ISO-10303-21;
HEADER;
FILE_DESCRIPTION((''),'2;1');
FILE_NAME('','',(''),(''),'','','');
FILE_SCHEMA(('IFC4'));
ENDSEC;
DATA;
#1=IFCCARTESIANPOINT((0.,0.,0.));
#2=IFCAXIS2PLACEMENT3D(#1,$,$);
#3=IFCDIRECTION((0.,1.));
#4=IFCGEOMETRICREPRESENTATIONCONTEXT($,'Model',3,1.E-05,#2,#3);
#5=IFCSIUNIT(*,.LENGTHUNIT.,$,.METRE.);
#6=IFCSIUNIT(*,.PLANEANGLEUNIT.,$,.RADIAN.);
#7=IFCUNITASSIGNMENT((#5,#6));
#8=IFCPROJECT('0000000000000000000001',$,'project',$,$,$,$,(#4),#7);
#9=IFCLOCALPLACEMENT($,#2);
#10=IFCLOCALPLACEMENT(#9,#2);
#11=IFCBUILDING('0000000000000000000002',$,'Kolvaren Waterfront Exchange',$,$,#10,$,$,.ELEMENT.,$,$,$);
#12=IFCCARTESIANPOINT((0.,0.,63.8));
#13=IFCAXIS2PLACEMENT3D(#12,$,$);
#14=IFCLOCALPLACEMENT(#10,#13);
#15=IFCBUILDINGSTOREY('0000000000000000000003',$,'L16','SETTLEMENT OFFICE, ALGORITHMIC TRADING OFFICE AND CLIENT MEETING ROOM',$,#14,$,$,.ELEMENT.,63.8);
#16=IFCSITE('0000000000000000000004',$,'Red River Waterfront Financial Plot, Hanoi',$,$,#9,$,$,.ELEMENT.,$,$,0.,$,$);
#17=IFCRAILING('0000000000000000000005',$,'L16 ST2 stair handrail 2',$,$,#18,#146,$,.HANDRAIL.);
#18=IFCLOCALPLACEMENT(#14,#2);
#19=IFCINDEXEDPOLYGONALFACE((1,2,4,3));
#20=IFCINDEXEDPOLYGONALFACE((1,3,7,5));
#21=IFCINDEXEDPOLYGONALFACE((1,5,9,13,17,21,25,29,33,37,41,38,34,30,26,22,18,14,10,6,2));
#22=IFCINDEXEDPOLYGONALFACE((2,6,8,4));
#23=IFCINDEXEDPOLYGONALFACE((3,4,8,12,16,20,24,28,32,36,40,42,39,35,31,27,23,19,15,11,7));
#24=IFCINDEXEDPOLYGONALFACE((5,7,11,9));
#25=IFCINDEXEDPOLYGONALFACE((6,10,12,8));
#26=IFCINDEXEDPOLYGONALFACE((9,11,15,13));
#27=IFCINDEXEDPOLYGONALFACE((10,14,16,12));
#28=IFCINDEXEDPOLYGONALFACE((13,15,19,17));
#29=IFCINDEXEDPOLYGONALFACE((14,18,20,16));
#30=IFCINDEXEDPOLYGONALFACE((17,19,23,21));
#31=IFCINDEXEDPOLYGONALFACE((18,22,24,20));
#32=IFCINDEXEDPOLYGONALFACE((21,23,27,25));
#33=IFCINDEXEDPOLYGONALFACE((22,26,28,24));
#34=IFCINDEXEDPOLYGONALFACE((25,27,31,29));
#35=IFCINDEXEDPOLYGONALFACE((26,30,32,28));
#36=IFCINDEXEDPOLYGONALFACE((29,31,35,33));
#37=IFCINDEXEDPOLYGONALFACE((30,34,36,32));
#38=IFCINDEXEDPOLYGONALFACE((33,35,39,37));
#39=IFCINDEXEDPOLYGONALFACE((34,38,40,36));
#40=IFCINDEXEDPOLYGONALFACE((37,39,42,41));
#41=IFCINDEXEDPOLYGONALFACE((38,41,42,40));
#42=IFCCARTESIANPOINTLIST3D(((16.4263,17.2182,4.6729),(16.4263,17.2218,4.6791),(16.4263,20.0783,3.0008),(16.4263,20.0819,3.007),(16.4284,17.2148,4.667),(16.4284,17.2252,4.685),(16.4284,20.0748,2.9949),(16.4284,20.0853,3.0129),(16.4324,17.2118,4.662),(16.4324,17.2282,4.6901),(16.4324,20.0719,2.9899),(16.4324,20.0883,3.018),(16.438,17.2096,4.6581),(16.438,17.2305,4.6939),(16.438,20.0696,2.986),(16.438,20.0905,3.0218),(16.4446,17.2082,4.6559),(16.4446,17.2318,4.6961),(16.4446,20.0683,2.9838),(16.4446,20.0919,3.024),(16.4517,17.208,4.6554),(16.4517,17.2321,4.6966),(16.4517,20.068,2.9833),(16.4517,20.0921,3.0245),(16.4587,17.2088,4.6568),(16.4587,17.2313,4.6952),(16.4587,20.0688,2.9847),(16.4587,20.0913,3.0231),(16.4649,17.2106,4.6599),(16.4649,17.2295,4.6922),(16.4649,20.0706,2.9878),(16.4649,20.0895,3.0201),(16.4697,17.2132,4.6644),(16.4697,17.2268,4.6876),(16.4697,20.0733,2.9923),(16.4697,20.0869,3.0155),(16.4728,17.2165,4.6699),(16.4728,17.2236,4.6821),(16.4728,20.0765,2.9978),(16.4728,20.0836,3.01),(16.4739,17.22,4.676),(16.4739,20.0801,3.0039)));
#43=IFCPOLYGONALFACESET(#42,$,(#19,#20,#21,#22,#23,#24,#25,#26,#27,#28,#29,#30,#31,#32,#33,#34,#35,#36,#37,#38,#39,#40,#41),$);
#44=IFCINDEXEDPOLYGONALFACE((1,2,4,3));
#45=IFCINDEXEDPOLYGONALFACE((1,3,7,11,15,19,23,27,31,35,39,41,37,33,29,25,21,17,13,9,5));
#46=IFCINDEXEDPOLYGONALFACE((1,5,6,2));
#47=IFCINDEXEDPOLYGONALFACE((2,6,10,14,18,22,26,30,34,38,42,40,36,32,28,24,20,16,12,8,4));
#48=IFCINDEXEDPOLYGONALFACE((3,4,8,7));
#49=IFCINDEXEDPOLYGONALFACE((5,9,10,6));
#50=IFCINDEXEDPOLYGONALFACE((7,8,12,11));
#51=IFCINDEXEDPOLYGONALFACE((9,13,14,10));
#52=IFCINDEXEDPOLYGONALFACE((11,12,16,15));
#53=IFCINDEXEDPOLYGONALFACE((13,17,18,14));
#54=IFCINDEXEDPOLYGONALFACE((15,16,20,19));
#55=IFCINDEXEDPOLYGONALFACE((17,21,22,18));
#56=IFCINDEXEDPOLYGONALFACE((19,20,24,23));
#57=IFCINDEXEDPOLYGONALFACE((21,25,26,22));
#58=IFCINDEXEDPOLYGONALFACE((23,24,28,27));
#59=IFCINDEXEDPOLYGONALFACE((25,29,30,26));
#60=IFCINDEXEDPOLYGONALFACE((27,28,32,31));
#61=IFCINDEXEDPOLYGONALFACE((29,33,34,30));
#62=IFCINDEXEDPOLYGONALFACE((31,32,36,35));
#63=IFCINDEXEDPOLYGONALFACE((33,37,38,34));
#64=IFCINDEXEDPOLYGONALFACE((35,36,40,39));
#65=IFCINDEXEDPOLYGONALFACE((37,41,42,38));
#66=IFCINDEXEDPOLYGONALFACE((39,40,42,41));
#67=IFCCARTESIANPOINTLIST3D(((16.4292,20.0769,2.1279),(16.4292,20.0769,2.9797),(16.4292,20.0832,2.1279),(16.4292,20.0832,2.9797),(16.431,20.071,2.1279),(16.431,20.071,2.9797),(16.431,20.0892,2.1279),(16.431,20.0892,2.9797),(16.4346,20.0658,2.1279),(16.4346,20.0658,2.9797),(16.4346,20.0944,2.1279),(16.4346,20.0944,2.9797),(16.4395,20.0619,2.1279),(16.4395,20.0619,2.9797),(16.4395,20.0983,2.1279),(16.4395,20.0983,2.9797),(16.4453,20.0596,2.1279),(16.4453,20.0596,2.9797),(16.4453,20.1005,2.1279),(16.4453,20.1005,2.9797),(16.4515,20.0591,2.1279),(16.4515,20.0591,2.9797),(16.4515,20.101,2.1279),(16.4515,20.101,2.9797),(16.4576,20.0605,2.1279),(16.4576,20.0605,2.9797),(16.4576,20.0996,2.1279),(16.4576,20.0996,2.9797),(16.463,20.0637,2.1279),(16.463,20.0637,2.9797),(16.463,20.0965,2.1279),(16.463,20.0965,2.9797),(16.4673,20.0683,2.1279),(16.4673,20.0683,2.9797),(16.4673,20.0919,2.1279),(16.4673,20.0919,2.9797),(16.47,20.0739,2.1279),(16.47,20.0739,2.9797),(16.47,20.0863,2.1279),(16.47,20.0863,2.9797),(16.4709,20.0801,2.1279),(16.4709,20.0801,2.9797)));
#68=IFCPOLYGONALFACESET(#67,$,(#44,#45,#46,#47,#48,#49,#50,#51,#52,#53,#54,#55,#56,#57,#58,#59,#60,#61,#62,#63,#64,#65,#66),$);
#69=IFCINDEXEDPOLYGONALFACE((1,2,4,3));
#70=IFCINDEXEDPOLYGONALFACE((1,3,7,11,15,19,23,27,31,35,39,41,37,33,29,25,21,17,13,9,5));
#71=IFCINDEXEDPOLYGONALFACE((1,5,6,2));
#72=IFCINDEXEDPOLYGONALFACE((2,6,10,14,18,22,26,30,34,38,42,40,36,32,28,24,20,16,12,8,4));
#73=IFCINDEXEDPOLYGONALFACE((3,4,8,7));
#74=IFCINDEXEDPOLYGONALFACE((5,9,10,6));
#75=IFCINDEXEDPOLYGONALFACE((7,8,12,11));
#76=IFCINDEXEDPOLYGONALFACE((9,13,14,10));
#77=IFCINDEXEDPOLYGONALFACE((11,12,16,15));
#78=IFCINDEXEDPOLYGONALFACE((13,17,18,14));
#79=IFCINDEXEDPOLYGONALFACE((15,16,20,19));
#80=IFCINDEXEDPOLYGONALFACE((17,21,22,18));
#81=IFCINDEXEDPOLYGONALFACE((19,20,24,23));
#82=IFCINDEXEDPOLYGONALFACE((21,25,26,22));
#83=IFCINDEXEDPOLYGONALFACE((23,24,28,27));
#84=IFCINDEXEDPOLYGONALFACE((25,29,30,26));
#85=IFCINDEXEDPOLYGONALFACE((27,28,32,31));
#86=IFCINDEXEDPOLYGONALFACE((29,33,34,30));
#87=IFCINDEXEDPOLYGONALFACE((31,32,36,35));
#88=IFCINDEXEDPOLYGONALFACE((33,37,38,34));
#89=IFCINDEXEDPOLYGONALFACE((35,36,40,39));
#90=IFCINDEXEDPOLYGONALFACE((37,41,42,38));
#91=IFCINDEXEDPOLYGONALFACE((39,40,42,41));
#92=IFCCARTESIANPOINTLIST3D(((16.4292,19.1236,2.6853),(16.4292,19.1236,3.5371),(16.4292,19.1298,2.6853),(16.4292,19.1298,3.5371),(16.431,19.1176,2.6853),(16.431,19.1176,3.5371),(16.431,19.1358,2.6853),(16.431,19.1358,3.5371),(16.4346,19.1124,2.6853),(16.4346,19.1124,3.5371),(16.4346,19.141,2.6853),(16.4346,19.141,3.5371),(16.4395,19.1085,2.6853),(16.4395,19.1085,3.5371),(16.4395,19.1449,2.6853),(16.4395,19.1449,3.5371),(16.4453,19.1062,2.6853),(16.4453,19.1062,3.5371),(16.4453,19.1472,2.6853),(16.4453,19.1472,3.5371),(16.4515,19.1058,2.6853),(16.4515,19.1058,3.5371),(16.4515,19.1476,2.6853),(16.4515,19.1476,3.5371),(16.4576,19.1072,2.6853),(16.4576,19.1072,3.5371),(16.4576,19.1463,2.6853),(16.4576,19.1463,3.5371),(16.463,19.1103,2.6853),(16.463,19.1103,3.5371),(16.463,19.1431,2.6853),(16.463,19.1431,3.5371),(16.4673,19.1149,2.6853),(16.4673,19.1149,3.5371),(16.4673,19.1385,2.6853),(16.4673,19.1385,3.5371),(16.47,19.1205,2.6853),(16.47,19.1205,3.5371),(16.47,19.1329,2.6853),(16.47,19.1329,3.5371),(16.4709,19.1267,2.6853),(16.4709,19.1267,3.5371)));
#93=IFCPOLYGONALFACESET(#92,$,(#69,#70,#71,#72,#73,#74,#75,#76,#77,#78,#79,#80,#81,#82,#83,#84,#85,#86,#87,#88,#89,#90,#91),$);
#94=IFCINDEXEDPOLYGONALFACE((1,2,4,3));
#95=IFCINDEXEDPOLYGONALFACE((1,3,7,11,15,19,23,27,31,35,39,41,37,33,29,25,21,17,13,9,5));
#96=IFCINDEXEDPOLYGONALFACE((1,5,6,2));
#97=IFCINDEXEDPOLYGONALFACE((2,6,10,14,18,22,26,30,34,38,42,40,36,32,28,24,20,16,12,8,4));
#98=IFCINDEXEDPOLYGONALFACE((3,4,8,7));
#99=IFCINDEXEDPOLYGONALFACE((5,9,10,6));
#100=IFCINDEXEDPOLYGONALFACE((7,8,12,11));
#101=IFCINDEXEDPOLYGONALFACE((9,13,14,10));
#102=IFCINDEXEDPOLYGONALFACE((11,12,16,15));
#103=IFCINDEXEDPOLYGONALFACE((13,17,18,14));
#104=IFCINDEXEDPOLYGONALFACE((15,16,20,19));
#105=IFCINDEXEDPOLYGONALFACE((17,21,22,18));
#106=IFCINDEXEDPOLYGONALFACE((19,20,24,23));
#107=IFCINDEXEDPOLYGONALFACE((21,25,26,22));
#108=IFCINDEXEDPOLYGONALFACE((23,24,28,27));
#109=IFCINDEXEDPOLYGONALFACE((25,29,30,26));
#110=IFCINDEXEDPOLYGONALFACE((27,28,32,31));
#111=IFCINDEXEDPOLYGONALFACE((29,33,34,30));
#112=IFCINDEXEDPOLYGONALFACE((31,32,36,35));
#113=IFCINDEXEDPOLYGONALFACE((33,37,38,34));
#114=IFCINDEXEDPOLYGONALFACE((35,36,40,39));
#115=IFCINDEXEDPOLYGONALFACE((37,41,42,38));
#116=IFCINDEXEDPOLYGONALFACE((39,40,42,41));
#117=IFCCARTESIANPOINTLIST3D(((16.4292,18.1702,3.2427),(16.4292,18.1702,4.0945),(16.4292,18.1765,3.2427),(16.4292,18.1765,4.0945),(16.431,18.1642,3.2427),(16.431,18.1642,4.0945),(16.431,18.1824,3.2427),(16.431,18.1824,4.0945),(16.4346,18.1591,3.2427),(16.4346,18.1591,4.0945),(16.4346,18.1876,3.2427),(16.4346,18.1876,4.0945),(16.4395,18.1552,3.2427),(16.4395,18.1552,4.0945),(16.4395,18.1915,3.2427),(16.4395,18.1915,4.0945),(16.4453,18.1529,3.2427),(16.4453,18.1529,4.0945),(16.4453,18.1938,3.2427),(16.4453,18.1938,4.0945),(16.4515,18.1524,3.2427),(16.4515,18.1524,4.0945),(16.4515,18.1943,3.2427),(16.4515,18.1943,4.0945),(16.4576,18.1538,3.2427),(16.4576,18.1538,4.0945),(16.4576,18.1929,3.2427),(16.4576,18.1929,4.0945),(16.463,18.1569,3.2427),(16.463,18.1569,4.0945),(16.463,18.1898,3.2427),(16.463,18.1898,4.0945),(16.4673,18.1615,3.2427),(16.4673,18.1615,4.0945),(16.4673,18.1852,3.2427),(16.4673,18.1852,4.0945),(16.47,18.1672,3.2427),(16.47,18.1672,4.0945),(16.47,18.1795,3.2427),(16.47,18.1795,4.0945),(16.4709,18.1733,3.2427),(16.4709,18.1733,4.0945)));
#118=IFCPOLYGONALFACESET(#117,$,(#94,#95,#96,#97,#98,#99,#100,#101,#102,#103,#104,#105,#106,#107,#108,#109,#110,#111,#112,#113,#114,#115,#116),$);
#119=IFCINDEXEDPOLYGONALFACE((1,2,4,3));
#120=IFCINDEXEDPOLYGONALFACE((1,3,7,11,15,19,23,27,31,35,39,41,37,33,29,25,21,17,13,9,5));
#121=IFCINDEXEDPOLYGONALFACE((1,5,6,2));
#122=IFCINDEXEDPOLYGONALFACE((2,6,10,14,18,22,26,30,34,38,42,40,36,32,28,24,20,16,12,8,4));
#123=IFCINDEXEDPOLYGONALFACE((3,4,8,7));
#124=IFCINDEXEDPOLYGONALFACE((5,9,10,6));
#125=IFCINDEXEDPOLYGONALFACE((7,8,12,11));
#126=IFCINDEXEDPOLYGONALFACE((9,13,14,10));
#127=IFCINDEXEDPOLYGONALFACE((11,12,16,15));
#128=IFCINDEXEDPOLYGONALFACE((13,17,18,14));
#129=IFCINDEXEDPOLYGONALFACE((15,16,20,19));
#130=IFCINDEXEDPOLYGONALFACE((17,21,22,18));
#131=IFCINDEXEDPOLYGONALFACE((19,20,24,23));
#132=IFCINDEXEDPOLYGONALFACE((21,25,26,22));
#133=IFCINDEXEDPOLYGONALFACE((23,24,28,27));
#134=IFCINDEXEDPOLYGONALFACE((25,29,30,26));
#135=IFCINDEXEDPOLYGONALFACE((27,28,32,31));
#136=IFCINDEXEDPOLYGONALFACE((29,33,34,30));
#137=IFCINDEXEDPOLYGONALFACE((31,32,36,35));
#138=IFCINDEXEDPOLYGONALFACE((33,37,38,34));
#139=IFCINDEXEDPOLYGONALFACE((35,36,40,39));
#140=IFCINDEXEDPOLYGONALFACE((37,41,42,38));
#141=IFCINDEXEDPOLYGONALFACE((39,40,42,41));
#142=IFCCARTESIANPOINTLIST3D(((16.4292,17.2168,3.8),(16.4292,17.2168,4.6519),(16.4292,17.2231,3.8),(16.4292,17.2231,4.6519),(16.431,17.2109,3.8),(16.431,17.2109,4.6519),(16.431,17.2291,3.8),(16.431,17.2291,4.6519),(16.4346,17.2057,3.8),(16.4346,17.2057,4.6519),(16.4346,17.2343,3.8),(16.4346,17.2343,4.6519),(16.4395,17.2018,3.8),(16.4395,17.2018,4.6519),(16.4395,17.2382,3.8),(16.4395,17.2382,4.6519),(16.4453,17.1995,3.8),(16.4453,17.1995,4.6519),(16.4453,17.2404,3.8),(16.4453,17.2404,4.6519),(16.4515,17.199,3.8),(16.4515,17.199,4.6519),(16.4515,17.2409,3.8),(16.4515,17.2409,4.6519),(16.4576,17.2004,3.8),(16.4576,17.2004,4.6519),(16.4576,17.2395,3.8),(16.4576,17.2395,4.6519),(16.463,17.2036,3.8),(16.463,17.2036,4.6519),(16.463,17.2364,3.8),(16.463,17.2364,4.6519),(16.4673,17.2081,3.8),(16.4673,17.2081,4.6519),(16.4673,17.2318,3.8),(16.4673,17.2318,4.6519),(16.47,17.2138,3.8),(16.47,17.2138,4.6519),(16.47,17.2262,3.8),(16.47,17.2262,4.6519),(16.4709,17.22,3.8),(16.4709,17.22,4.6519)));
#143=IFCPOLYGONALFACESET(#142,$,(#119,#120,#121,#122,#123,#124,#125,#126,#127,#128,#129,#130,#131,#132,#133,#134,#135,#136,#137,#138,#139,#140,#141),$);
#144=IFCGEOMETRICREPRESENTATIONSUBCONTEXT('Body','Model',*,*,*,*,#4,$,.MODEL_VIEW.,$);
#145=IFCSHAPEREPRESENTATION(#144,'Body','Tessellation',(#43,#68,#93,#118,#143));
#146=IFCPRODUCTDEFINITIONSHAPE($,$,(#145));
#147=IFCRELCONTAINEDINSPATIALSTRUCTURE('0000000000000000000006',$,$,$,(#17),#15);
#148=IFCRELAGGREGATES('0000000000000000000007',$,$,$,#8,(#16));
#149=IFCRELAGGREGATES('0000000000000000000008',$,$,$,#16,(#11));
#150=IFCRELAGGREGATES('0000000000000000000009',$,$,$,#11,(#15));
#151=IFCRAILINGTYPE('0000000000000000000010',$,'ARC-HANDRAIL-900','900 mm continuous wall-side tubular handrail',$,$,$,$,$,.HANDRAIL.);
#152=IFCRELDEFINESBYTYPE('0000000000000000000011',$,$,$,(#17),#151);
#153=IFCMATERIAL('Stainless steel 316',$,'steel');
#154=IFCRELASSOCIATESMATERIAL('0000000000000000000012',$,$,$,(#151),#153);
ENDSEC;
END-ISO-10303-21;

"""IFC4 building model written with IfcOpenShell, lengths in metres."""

from ifc_helpers import new_model, si_unit, direction, frame, origin, origin_2d, place, context, subcontext, project, spatial, circle, extrude, material, type_object, element, save


model = new_model("IFC4")

# Units and contexts
model_context = context("Model", 3, precision=1e-05, world=origin(), true_north=direction((0.0, 1.0)))
body_context = subcontext(model_context, "Body", "Model", "MODEL_VIEW")
ifc_project = project(units=[si_unit("LENGTHUNIT", "METRE"), si_unit("PLANEANGLEUNIT", "RADIAN")], contexts=[model_context])

# Site, building, storey
site_placement = place(None, origin())
site = spatial("IfcSite", under=ifc_project, at=site_placement, Name="Red River Waterfront Financial Plot, Hanoi", CompositionType="ELEMENT", RefElevation=0.0)
building_placement = place(site_placement, origin())
building = spatial("IfcBuilding", under=site, at=building_placement, Name="Kolvaren Waterfront Exchange", CompositionType="ELEMENT")
storey_placement = place(building_placement, frame((0.0, 0.0, 63.8)))
storey = spatial("IfcBuildingStorey", under=building, at=storey_placement, Name="L16", Description="SETTLEMENT OFFICE, ALGORITHMIC TRADING OFFICE AND CLIENT MEETING ROOM", CompositionType="ELEMENT", Elevation=63.8)

# Railing
ifc_material_1 = material(Name="Stainless steel 316", Category="steel")
railing_type_1 = type_object("IfcRailingType", Name="ARC-HANDRAIL-900", Description="900 mm continuous wall-side tubular handrail", PredefinedType="HANDRAIL", material=ifc_material_1)
railing_1_placement = place(storey_placement, frame((16.45, 20.0801, 2.1279)))
element("IfcRailing", 1, at=railing_1_placement, inside=storey, type_object=railing_type_1, Name="L16 ST2 stair handrail 2", PredefinedType="HANDRAIL", context=body_context, shape_type="SweptSolid", body=[
    extrude(circle(Radius=0.0239, at=origin_2d()), frame((0.0, 0.0, 0.876), z_axis=(0.0, -0.863289, 0.504709), x_axis=(1.0, 0.0, 0.0)), (0.0, 0.0, 1.0), 3.313),
    extrude(circle(Radius=0.021, at=origin_2d()), origin(), (0.0, 0.0, 1.0), 0.8518),
    extrude(circle(Radius=0.021, at=origin_2d()), frame((0.0, -0.9534, 0.5574)), (0.0, 0.0, 1.0), 0.8518),
    extrude(circle(Radius=0.021, at=origin_2d()), frame((0.0, -1.9067, 1.1147)), (0.0, 0.0, 1.0), 0.8518),
    extrude(circle(Radius=0.021, at=origin_2d()), frame((0.0, -2.8601, 1.6721)), (0.0, 0.0, 1.0), 0.8518),
])

save(model, "model.ifc")
